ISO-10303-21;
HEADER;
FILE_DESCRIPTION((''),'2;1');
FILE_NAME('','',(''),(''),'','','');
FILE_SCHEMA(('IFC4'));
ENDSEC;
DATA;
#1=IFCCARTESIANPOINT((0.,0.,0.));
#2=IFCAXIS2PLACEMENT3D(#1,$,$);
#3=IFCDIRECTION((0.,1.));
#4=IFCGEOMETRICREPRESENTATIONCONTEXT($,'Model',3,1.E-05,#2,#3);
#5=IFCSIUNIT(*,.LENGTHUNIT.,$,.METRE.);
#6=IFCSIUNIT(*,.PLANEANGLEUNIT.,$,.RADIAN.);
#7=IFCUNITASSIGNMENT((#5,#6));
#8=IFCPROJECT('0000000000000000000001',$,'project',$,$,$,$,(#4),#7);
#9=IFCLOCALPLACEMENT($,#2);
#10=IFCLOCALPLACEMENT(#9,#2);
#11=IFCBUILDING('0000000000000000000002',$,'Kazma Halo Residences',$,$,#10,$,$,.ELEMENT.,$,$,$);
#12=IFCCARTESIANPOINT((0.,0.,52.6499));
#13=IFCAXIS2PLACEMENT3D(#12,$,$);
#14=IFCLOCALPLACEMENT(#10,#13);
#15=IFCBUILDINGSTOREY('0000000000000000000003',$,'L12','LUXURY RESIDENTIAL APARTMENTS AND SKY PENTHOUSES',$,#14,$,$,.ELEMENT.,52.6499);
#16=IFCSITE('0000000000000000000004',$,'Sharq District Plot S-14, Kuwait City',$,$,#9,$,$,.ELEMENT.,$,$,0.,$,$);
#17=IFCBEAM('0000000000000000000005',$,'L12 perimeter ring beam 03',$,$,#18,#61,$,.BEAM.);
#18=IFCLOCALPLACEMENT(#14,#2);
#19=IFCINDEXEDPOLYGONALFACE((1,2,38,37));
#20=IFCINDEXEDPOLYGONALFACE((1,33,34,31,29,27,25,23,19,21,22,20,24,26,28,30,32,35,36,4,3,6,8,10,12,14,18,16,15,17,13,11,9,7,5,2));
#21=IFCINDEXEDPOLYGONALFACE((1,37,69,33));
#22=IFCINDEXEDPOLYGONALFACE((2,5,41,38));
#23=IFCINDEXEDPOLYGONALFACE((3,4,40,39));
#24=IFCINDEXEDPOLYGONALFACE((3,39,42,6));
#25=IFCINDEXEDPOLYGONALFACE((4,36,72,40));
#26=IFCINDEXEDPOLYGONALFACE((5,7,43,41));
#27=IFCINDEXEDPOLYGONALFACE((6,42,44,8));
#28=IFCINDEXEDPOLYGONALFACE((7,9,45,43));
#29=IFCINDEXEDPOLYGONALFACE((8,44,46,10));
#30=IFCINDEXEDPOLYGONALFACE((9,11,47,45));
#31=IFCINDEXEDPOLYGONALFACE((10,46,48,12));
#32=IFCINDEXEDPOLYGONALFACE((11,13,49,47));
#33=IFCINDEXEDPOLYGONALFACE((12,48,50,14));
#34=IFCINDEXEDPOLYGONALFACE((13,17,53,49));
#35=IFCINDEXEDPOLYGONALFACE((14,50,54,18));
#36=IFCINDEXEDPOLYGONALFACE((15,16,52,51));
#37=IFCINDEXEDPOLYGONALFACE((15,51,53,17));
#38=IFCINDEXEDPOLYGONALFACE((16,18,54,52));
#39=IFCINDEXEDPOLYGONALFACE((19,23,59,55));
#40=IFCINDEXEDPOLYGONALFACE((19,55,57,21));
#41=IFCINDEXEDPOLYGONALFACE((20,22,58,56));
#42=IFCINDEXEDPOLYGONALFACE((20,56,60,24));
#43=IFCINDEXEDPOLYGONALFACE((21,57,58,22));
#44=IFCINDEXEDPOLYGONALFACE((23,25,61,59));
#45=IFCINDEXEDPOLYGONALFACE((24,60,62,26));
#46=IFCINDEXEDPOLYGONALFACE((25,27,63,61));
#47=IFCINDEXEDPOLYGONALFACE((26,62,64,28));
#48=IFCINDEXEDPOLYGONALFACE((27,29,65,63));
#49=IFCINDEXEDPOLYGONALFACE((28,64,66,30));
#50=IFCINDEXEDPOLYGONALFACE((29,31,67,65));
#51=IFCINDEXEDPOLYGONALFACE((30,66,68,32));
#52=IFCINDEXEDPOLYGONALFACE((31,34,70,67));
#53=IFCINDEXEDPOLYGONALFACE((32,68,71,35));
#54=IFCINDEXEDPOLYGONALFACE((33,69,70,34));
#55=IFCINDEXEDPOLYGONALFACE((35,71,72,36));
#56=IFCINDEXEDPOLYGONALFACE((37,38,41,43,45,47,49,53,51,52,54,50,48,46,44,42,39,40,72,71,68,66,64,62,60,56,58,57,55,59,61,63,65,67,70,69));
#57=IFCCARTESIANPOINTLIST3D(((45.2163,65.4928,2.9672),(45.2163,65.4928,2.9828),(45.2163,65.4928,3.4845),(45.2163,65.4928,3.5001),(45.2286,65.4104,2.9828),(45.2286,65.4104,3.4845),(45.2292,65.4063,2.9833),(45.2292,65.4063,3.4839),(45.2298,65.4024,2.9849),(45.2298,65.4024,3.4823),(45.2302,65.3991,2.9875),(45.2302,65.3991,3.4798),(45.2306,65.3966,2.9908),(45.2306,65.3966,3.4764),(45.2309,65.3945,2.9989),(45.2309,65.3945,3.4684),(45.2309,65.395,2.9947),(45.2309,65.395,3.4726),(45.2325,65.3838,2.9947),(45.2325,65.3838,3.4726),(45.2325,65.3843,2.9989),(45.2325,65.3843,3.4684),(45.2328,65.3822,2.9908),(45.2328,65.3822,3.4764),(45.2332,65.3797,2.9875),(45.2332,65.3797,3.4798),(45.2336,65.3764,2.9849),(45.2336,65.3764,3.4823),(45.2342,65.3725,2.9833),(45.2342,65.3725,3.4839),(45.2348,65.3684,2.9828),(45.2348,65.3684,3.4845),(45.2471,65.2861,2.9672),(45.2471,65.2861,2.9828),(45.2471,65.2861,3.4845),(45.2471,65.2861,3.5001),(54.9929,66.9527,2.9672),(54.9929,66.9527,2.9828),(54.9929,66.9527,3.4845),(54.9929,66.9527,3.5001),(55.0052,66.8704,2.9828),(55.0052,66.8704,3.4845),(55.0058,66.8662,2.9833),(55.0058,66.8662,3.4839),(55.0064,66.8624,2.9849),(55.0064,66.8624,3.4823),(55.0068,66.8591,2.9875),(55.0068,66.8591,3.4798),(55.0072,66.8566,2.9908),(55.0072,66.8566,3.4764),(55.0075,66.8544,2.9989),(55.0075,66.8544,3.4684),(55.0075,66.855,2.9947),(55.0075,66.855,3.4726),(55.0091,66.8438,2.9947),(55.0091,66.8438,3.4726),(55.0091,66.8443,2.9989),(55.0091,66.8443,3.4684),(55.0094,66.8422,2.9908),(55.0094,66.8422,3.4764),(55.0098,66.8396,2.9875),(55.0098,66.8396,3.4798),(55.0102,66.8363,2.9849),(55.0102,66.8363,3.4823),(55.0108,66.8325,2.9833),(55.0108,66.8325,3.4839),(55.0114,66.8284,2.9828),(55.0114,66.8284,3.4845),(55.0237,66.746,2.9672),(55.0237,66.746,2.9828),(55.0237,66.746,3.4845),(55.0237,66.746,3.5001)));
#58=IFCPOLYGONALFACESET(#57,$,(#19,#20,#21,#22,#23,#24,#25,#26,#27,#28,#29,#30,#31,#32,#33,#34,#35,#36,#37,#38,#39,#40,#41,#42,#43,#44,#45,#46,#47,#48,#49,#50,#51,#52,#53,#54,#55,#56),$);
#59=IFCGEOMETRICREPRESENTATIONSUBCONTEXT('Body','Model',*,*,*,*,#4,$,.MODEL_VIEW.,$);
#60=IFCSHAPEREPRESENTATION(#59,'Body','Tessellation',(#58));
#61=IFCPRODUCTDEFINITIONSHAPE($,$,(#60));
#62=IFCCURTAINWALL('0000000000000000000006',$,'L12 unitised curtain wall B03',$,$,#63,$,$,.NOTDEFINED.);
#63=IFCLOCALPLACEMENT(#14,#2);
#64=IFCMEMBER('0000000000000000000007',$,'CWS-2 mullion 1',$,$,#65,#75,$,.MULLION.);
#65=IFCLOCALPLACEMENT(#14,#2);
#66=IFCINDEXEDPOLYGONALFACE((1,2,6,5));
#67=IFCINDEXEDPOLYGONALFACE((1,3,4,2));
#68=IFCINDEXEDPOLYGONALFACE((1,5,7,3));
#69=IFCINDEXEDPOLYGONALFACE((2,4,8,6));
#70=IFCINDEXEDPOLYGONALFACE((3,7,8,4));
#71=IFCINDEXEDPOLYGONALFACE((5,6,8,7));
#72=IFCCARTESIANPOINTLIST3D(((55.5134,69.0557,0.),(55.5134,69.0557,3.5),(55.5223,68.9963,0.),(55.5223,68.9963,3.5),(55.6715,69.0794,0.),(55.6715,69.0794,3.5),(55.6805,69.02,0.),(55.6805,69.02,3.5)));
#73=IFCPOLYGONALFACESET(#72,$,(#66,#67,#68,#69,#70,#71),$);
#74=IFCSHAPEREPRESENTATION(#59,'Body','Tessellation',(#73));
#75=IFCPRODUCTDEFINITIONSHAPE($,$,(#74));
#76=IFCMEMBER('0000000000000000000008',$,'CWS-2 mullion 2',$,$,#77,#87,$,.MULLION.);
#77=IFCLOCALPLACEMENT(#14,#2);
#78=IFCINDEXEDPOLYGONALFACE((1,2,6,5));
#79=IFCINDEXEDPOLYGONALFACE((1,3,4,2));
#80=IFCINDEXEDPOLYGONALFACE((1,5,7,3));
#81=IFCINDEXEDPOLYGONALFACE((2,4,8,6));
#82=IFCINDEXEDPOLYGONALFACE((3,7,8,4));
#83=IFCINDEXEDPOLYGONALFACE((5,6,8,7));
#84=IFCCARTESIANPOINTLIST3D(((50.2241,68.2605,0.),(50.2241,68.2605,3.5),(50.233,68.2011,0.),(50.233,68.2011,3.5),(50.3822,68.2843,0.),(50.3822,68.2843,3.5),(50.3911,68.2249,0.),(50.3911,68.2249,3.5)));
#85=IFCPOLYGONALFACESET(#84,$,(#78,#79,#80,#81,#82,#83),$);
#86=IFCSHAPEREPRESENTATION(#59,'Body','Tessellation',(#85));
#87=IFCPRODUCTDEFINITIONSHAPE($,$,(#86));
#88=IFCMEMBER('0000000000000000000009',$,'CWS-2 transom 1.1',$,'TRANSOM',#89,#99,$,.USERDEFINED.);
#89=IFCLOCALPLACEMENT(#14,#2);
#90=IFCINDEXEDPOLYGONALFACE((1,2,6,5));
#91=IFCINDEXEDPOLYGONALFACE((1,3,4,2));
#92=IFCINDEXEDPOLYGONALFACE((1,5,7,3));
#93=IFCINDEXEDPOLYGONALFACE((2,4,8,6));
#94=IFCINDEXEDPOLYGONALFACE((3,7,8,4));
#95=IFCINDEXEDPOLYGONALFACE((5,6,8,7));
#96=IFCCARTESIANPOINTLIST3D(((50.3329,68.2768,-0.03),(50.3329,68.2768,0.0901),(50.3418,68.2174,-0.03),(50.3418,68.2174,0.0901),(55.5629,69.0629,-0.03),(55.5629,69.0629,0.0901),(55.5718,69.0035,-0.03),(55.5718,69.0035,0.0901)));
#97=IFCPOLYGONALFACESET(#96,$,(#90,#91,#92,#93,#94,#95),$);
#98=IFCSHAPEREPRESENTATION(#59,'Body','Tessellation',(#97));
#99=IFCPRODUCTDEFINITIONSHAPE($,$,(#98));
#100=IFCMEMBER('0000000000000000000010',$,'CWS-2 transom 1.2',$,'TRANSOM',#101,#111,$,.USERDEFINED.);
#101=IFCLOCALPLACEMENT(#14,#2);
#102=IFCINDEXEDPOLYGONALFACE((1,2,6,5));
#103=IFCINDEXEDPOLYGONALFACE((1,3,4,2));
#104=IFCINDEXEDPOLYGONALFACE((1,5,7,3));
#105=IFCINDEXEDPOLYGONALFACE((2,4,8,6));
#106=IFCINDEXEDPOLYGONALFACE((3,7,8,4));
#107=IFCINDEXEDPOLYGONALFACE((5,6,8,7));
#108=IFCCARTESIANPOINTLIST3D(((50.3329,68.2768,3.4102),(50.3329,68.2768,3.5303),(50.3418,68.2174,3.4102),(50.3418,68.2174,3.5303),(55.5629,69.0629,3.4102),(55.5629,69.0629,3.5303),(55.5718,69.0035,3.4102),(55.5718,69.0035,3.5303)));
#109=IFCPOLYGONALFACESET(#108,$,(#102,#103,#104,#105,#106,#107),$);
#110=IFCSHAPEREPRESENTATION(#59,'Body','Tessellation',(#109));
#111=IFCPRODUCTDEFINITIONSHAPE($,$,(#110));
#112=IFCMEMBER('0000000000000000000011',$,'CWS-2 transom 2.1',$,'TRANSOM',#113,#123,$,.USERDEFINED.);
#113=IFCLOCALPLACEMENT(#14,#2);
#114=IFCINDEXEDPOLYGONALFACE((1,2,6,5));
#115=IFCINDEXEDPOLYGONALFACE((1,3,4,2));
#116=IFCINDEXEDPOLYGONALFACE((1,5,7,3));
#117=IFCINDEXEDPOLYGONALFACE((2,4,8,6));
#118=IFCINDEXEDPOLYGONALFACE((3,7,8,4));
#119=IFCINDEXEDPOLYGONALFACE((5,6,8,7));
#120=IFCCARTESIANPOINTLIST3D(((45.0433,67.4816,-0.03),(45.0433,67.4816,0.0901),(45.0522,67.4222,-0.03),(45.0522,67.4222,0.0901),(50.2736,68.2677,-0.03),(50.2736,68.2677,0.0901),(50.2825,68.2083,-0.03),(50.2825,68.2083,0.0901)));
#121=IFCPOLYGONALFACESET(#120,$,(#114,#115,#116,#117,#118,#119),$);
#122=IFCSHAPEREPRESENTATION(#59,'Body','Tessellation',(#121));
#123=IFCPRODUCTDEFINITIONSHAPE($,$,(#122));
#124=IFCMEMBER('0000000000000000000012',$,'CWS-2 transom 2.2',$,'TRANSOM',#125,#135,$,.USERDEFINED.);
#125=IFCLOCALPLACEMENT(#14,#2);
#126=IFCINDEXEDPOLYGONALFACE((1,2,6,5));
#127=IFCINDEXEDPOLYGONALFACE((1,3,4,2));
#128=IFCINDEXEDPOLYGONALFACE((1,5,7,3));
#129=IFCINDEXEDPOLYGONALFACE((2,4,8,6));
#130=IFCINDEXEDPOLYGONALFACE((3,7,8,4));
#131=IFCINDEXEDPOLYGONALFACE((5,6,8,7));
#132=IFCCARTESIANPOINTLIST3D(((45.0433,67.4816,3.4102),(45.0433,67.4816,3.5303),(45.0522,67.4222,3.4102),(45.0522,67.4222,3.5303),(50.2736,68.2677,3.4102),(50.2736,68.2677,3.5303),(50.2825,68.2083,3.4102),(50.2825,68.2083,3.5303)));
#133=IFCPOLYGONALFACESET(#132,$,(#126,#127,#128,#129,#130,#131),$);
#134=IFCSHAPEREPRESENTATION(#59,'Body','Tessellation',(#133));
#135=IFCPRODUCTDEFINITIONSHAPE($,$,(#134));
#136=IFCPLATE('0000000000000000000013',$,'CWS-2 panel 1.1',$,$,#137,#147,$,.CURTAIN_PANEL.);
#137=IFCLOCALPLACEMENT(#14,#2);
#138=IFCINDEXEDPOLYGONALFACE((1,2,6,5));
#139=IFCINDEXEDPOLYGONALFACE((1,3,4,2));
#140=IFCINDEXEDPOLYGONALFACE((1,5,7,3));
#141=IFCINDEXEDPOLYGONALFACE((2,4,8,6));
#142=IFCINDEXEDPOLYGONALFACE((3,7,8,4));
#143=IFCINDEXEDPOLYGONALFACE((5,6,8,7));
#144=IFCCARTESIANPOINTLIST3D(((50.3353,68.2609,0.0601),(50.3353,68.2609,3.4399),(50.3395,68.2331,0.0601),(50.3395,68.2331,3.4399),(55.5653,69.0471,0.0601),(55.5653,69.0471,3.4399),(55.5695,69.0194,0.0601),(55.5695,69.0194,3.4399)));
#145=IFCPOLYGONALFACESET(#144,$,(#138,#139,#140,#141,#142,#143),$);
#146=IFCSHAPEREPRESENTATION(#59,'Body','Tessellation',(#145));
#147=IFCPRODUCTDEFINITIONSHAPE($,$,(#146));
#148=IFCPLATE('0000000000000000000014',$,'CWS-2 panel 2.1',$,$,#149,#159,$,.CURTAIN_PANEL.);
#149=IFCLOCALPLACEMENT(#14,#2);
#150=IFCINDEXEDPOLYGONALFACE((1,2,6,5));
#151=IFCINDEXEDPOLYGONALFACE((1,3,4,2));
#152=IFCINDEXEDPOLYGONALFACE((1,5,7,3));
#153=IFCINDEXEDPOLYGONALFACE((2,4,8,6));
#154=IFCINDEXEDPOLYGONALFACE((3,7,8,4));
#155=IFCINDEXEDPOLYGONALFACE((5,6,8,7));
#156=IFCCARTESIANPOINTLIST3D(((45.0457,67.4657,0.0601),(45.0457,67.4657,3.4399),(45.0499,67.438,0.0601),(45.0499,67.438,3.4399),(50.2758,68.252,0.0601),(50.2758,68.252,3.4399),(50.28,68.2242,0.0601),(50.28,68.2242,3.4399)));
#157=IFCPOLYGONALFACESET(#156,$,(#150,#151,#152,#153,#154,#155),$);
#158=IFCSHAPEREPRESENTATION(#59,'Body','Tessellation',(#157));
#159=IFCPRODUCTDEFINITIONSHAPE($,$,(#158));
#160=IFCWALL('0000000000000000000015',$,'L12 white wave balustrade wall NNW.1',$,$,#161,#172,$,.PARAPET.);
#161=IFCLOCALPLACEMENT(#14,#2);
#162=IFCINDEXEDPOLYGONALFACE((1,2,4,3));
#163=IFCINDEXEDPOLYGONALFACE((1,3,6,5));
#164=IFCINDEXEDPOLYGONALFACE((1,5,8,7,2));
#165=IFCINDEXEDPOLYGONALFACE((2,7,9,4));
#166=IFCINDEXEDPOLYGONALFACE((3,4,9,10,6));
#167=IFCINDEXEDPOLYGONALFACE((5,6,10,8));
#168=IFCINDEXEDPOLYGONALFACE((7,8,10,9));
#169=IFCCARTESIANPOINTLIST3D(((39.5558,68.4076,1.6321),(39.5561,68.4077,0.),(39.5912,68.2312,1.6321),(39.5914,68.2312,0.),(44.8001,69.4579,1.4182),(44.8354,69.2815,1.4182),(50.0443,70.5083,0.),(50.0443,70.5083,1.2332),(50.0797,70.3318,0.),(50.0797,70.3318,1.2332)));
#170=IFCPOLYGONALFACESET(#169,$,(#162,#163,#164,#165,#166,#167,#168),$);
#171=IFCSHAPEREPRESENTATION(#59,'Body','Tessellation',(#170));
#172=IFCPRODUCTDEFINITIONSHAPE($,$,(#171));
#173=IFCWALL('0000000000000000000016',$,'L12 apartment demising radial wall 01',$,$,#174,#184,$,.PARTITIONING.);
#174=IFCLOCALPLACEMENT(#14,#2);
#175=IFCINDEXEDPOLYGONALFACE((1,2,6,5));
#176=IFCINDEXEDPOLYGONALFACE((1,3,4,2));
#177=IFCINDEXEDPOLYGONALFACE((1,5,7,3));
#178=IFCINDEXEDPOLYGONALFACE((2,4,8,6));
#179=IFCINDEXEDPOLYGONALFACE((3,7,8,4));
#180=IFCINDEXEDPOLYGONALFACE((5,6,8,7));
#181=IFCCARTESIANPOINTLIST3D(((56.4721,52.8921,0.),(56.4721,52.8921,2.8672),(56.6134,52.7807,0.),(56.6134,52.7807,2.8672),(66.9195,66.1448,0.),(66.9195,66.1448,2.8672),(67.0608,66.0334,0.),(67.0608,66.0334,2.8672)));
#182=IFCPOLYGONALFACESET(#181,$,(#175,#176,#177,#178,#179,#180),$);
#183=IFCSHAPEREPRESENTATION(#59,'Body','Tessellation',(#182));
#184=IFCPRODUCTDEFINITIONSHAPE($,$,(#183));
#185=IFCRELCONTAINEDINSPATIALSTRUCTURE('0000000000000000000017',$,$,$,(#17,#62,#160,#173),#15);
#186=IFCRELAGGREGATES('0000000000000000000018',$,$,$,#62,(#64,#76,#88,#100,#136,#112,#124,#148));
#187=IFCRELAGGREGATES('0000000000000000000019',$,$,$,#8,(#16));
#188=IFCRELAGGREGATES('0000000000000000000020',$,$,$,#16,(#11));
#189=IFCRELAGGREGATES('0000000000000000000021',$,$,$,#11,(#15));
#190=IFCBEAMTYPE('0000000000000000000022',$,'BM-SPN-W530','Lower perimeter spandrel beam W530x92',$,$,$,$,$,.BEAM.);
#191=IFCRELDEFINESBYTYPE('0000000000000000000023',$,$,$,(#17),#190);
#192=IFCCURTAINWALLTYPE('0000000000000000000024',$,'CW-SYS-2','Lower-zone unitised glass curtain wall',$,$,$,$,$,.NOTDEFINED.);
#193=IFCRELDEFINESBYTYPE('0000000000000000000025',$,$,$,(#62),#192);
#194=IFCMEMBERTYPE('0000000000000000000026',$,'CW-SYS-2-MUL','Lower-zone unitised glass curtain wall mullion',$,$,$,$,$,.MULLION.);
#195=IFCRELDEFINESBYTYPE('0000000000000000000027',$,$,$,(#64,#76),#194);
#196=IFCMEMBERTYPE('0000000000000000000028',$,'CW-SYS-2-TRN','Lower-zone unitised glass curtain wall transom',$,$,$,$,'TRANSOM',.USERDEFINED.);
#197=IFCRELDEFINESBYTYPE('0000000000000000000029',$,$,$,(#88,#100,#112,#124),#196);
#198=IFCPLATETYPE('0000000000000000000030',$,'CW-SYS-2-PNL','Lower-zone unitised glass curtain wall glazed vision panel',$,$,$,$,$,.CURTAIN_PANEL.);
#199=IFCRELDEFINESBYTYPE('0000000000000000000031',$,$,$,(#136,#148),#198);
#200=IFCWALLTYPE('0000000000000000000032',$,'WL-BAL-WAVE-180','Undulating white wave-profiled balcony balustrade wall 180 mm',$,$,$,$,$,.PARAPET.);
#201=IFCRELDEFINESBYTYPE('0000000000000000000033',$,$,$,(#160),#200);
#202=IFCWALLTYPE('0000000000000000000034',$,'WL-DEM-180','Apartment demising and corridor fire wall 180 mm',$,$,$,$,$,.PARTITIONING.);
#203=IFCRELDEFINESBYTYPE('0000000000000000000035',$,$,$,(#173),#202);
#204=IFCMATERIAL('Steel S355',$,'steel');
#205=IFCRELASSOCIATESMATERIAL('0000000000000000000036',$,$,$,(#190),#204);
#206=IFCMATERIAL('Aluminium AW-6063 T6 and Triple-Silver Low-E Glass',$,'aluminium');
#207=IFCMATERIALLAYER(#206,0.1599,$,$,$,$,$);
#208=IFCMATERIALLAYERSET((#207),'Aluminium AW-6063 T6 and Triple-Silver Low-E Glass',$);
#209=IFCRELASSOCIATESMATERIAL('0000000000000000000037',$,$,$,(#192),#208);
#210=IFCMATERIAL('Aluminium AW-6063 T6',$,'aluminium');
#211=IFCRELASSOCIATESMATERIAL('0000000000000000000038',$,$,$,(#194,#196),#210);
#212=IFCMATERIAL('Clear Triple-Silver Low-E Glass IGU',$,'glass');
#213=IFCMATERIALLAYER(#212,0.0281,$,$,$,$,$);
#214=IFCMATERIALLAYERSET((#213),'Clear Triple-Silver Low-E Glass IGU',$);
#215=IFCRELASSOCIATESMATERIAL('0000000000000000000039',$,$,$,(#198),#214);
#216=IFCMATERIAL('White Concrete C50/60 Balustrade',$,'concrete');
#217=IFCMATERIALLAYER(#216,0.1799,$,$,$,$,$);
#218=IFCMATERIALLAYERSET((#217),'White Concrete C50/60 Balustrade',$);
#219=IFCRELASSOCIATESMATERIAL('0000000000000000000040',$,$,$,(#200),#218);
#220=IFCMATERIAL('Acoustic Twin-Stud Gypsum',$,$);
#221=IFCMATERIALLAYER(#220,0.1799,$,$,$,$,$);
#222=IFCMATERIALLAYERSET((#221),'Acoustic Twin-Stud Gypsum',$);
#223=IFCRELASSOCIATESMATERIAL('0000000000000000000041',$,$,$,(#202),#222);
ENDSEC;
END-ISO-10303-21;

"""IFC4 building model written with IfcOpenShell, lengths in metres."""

from ifc_helpers import new_model, si_unit, direction, frame, frame_2d, origin, origin_2d, place, context, subcontext, project, spatial, polyline, rectangle, i_section, outline, extrude, material, layer, layer_set, material_profile, profile_set, type_object, element, aggregate, save


model = new_model("IFC4")

# Units and contexts
model_context = context("Model", 3, precision=1e-05, world=origin(), true_north=direction((0.0, 1.0)))
body_context = subcontext(model_context, "Body", "Model", "MODEL_VIEW")
ifc_project = project(units=[si_unit("LENGTHUNIT", "METRE"), si_unit("PLANEANGLEUNIT", "RADIAN")], contexts=[model_context])

# Site, building, storey
site_placement = place(None, origin())
site = spatial("IfcSite", under=ifc_project, at=site_placement, Name="Sharq District Plot S-14, Kuwait City", CompositionType="ELEMENT", RefElevation=0.0)
building_placement = place(site_placement, origin())
building = spatial("IfcBuilding", under=site, at=building_placement, Name="Kazma Halo Residences", CompositionType="ELEMENT")
storey_placement = place(building_placement, frame((0.0, 0.0, 52.6499)))
storey = spatial("IfcBuildingStorey", under=building, at=storey_placement, Name="L12", Description="LUXURY RESIDENTIAL APARTMENTS AND SKY PENTHOUSES", CompositionType="ELEMENT", Elevation=52.6499)

# Beam
ifc_material_1 = material(Name="Steel S355", Category="steel")
ifc_material_profile_1 = material_profile(ifc_material_1, i_section(OverallWidth=0.209, OverallDepth=0.533, WebThickness=0.0103, FlangeThickness=0.0156, FilletRadius=0.0161, at=origin_2d()), Name="W530x92")
ifc_profile_set_1 = profile_set([ifc_material_profile_1], Name="Steel S355")
beam_type_1 = type_object("IfcBeamType", Name="BM-SPN-W530", Description="Lower perimeter spandrel beam W530x92", PredefinedType="BEAM", material=ifc_profile_set_1)
beam_1_placement = place(storey_placement, frame((55.0083, 66.8494, 3.2336), z_axis=(-0.989033, -0.147694, 0.0), x_axis=(0.147694, -0.989033, 0.0)))
element("IfcBeam", 1, at=beam_1_placement, inside=storey, type_object=beam_type_1, Name="L12 perimeter ring beam 03", PredefinedType="BEAM", context=body_context, shape_type="SweptSolid", body=[
    extrude(i_section(OverallWidth=0.209, OverallDepth=0.533, WebThickness=0.0103, FlangeThickness=0.0156, FilletRadius=0.0161, at=origin_2d()), origin(), (0.0, 0.0, 1.0), 9.885),
])

# Curtain wall, members, plates
ifc_material_2 = material(Name="Aluminium AW-6063 T6 and Triple-Silver Low-E Glass", Category="aluminium")
ifc_layer_1 = layer(ifc_material_2, 0.1599)
ifc_layer_set_1 = layer_set([ifc_layer_1], Name="Aluminium AW-6063 T6 and Triple-Silver Low-E Glass")
curtain_wall_type = type_object("IfcCurtainWallType", Name="CW-SYS-2", Description="Lower-zone unitised glass curtain wall", PredefinedType="NOTDEFINED", material=ifc_layer_set_1)
curtain_wall_placement = place(storey_placement, origin())
curtain_wall = element("IfcCurtainWall", 2, at=curtain_wall_placement, inside=storey, type_object=curtain_wall_type, Name="L12 unitised curtain wall B03", PredefinedType="NOTDEFINED")
ifc_material_3 = material(Name="Aluminium AW-6063 T6", Category="aluminium")
ifc_material_profile_2 = material_profile(ifc_material_3, rectangle(XDim=0.0601, YDim=0.1599, at=origin_2d()), Name="CWM-60x160")
ifc_profile_set_2 = profile_set([ifc_material_profile_2], Name="Aluminium AW-6063 T6")
member_type_1 = type_object("IfcMemberType", Name="CW-SYS-2-MUL", Description="Lower-zone unitised glass curtain wall mullion", PredefinedType="MULLION", material=ifc_profile_set_2)
member_1_placement = place(storey_placement, frame((55.5969, 69.0378, 0.0), z_axis=(0.0, 0.0, 1.0), x_axis=(0.148657, -0.988889, 0.0)))
member_1 = element("IfcMember", 3, at=member_1_placement, type_object=member_type_1, Name="CWS-2 mullion 1", PredefinedType="MULLION", context=body_context, shape_type="SweptSolid", body=[
    extrude(rectangle(XDim=0.0601, YDim=0.1599, at=origin_2d()), origin(), (0.0, 0.0, 1.0), 3.5),
])
member_2_placement = place(storey_placement, frame((50.3076, 68.2427, 0.0), z_axis=(0.0, 0.0, 1.0), x_axis=(0.148657, -0.988889, 0.0)))
member_2 = element("IfcMember", 4, at=member_2_placement, type_object=member_type_1, Name="CWS-2 mullion 2", PredefinedType="MULLION", context=body_context, shape_type="SweptSolid", body=[
    extrude(rectangle(XDim=0.0601, YDim=0.1599, at=origin_2d()), origin(), (0.0, 0.0, 1.0), 3.5),
])
ifc_material_profile_3 = material_profile(ifc_material_3, rectangle(XDim=0.0601, YDim=0.1201, at=origin_2d()), Name="CWT-60x120")
ifc_profile_set_3 = profile_set([ifc_material_profile_3], Name="Aluminium AW-6063 T6")
member_type_2 = type_object("IfcMemberType", Name="CW-SYS-2-TRN", Description="Lower-zone unitised glass curtain wall transom", ElementType="TRANSOM", PredefinedType="USERDEFINED", material=ifc_profile_set_3)
member_3_placement = place(storey_placement, frame((55.5674, 69.0332, 0.03), z_axis=(-0.988891, -0.148643, 0.0), x_axis=(0.148643, -0.988891, 0.0)))
member_3 = element("IfcMember", 5, at=member_3_placement, type_object=member_type_2, Name="CWS-2 transom 1.1", ObjectType="TRANSOM", PredefinedType="USERDEFINED", context=body_context, shape_type="SweptSolid", body=[
    extrude(rectangle(XDim=0.0601, YDim=0.1201, at=origin_2d()), origin(), (0.0, 0.0, 1.0), 5.2888),
])
member_4_placement = place(storey_placement, frame((55.5674, 69.0332, 3.4702), z_axis=(-0.988891, -0.148643, 0.0), x_axis=(0.148643, -0.988891, 0.0)))
member_4 = element("IfcMember", 6, at=member_4_placement, type_object=member_type_2, Name="CWS-2 transom 1.2", ObjectType="TRANSOM", PredefinedType="USERDEFINED", context=body_context, shape_type="SweptSolid", body=[
    extrude(rectangle(XDim=0.0601, YDim=0.1201, at=origin_2d()), origin(), (0.0, 0.0, 1.0), 5.2888),
])
member_5_placement = place(storey_placement, frame((50.2781, 68.238, 0.03), z_axis=(-0.988892, -0.148636, 0.0), x_axis=(0.148636, -0.988892, 0.0)))
member_5 = element("IfcMember", 7, at=member_5_placement, type_object=member_type_2, Name="CWS-2 transom 2.1", ObjectType="TRANSOM", PredefinedType="USERDEFINED", context=body_context, shape_type="SweptSolid", body=[
    extrude(rectangle(XDim=0.0601, YDim=0.1201, at=origin_2d()), origin(), (0.0, 0.0, 1.0), 5.2891),
])
member_6_placement = place(storey_placement, frame((50.2781, 68.238, 3.4702), z_axis=(-0.988892, -0.148636, 0.0), x_axis=(0.148636, -0.988892, 0.0)))
member_6 = element("IfcMember", 8, at=member_6_placement, type_object=member_type_2, Name="CWS-2 transom 2.2", ObjectType="TRANSOM", PredefinedType="USERDEFINED", context=body_context, shape_type="SweptSolid", body=[
    extrude(rectangle(XDim=0.0601, YDim=0.1201, at=origin_2d()), origin(), (0.0, 0.0, 1.0), 5.2891),
])
ifc_material_4 = material(Name="Clear Triple-Silver Low-E Glass IGU", Category="glass")
ifc_layer_2 = layer(ifc_material_4, 0.0281)
ifc_layer_set_2 = layer_set([ifc_layer_2], Name="Clear Triple-Silver Low-E Glass IGU")
plate_type = type_object("IfcPlateType", Name="CW-SYS-2-PNL", Description="Lower-zone unitised glass curtain wall glazed vision panel", PredefinedType="CURTAIN_PANEL", material=ifc_layer_set_2)
plate_1_placement = place(storey_placement, frame((52.9524, 68.6401, 0.0601), z_axis=(0.0, 0.0, 1.0), x_axis=(-0.988889, -0.148657, 0.0)))
plate_1 = element("IfcPlate", 9, at=plate_1_placement, type_object=plate_type, Name="CWS-2 panel 1.1", PredefinedType="CURTAIN_PANEL", context=body_context, shape_type="SweptSolid", body=[
    extrude(rectangle(XDim=5.2888, YDim=0.0281, at=origin_2d()), origin(), (0.0, 0.0, 1.0), 3.3799),
])
plate_2_placement = place(storey_placement, frame((47.6628, 67.845, 0.0601), z_axis=(0.0, 0.0, 1.0), x_axis=(-0.988889, -0.148657, 0.0)))
plate_2 = element("IfcPlate", 10, at=plate_2_placement, type_object=plate_type, Name="CWS-2 panel 2.1", PredefinedType="CURTAIN_PANEL", context=body_context, shape_type="SweptSolid", body=[
    extrude(rectangle(XDim=5.2888, YDim=0.0281, at=origin_2d()), origin(), (0.0, 0.0, 1.0), 3.3799),
])
aggregate(curtain_wall, [member_1, member_2, member_3, member_4, plate_1, member_5, member_6, plate_2])

# Walls
ifc_material_5 = material(Name="White Concrete C50/60 Balustrade", Category="concrete")
ifc_layer_3 = layer(ifc_material_5, 0.1799)
ifc_layer_set_3 = layer_set([ifc_layer_3], Name="White Concrete C50/60 Balustrade")
wall_type_1 = type_object("IfcWallType", Name="WL-BAL-WAVE-180", Description="Undulating white wave-profiled balcony balustrade wall 180 mm", PredefinedType="PARAPET", material=ifc_layer_set_3)
wall_1_placement = place(storey_placement, frame((50.062, 70.4199, 0.0), z_axis=(0.0, 0.0, 1.0), x_axis=(-0.980528, -0.196379, 0.0)))
element("IfcWall", 11, at=wall_1_placement, inside=storey, type_object=wall_type_1, Name="L12 white wave balustrade wall NNW.1", PredefinedType="PARAPET", context=body_context, shape_type="SweptSolid", body=[
    extrude(outline(polyline([(0.0, 0.0), (10.6965, 0.0), (10.6968, 1.6321), (5.3484, 1.4182), (0.0, 1.2332), (0.0, 0.0)])), frame((0.0, 0.0898, 0.0), z_axis=(0.0, -1.0, 0.0), x_axis=(1.0, 0.0, 0.0)), (0.0, 0.0, 1.0), 0.1799),
])
ifc_material_6 = material(Name="Acoustic Twin-Stud Gypsum")
ifc_layer_4 = layer(ifc_material_6, 0.1799)
ifc_layer_set_4 = layer_set([ifc_layer_4], Name="Acoustic Twin-Stud Gypsum")
wall_type_2 = type_object("IfcWallType", Name="WL-DEM-180", Description="Apartment demising and corridor fire wall 180 mm", PredefinedType="PARTITIONING", material=ifc_layer_set_4)
wall_2_placement = place(storey_placement, frame((56.5427, 52.8364, 0.0), z_axis=(0.0, 0.0, 1.0), x_axis=(0.619092, 0.785319, 0.0)))
element("IfcWall", 12, at=wall_2_placement, inside=storey, type_object=wall_type_2, Name="L12 apartment demising radial wall 01", PredefinedType="PARTITIONING", context=body_context, shape_type="SweptSolid", body=[
    extrude(rectangle(XDim=16.8755, YDim=0.1799, at=frame_2d((8.4377, 0.0))), origin(), (0.0, 0.0, 1.0), 2.8672),
])

save(model, "model.ifc")
